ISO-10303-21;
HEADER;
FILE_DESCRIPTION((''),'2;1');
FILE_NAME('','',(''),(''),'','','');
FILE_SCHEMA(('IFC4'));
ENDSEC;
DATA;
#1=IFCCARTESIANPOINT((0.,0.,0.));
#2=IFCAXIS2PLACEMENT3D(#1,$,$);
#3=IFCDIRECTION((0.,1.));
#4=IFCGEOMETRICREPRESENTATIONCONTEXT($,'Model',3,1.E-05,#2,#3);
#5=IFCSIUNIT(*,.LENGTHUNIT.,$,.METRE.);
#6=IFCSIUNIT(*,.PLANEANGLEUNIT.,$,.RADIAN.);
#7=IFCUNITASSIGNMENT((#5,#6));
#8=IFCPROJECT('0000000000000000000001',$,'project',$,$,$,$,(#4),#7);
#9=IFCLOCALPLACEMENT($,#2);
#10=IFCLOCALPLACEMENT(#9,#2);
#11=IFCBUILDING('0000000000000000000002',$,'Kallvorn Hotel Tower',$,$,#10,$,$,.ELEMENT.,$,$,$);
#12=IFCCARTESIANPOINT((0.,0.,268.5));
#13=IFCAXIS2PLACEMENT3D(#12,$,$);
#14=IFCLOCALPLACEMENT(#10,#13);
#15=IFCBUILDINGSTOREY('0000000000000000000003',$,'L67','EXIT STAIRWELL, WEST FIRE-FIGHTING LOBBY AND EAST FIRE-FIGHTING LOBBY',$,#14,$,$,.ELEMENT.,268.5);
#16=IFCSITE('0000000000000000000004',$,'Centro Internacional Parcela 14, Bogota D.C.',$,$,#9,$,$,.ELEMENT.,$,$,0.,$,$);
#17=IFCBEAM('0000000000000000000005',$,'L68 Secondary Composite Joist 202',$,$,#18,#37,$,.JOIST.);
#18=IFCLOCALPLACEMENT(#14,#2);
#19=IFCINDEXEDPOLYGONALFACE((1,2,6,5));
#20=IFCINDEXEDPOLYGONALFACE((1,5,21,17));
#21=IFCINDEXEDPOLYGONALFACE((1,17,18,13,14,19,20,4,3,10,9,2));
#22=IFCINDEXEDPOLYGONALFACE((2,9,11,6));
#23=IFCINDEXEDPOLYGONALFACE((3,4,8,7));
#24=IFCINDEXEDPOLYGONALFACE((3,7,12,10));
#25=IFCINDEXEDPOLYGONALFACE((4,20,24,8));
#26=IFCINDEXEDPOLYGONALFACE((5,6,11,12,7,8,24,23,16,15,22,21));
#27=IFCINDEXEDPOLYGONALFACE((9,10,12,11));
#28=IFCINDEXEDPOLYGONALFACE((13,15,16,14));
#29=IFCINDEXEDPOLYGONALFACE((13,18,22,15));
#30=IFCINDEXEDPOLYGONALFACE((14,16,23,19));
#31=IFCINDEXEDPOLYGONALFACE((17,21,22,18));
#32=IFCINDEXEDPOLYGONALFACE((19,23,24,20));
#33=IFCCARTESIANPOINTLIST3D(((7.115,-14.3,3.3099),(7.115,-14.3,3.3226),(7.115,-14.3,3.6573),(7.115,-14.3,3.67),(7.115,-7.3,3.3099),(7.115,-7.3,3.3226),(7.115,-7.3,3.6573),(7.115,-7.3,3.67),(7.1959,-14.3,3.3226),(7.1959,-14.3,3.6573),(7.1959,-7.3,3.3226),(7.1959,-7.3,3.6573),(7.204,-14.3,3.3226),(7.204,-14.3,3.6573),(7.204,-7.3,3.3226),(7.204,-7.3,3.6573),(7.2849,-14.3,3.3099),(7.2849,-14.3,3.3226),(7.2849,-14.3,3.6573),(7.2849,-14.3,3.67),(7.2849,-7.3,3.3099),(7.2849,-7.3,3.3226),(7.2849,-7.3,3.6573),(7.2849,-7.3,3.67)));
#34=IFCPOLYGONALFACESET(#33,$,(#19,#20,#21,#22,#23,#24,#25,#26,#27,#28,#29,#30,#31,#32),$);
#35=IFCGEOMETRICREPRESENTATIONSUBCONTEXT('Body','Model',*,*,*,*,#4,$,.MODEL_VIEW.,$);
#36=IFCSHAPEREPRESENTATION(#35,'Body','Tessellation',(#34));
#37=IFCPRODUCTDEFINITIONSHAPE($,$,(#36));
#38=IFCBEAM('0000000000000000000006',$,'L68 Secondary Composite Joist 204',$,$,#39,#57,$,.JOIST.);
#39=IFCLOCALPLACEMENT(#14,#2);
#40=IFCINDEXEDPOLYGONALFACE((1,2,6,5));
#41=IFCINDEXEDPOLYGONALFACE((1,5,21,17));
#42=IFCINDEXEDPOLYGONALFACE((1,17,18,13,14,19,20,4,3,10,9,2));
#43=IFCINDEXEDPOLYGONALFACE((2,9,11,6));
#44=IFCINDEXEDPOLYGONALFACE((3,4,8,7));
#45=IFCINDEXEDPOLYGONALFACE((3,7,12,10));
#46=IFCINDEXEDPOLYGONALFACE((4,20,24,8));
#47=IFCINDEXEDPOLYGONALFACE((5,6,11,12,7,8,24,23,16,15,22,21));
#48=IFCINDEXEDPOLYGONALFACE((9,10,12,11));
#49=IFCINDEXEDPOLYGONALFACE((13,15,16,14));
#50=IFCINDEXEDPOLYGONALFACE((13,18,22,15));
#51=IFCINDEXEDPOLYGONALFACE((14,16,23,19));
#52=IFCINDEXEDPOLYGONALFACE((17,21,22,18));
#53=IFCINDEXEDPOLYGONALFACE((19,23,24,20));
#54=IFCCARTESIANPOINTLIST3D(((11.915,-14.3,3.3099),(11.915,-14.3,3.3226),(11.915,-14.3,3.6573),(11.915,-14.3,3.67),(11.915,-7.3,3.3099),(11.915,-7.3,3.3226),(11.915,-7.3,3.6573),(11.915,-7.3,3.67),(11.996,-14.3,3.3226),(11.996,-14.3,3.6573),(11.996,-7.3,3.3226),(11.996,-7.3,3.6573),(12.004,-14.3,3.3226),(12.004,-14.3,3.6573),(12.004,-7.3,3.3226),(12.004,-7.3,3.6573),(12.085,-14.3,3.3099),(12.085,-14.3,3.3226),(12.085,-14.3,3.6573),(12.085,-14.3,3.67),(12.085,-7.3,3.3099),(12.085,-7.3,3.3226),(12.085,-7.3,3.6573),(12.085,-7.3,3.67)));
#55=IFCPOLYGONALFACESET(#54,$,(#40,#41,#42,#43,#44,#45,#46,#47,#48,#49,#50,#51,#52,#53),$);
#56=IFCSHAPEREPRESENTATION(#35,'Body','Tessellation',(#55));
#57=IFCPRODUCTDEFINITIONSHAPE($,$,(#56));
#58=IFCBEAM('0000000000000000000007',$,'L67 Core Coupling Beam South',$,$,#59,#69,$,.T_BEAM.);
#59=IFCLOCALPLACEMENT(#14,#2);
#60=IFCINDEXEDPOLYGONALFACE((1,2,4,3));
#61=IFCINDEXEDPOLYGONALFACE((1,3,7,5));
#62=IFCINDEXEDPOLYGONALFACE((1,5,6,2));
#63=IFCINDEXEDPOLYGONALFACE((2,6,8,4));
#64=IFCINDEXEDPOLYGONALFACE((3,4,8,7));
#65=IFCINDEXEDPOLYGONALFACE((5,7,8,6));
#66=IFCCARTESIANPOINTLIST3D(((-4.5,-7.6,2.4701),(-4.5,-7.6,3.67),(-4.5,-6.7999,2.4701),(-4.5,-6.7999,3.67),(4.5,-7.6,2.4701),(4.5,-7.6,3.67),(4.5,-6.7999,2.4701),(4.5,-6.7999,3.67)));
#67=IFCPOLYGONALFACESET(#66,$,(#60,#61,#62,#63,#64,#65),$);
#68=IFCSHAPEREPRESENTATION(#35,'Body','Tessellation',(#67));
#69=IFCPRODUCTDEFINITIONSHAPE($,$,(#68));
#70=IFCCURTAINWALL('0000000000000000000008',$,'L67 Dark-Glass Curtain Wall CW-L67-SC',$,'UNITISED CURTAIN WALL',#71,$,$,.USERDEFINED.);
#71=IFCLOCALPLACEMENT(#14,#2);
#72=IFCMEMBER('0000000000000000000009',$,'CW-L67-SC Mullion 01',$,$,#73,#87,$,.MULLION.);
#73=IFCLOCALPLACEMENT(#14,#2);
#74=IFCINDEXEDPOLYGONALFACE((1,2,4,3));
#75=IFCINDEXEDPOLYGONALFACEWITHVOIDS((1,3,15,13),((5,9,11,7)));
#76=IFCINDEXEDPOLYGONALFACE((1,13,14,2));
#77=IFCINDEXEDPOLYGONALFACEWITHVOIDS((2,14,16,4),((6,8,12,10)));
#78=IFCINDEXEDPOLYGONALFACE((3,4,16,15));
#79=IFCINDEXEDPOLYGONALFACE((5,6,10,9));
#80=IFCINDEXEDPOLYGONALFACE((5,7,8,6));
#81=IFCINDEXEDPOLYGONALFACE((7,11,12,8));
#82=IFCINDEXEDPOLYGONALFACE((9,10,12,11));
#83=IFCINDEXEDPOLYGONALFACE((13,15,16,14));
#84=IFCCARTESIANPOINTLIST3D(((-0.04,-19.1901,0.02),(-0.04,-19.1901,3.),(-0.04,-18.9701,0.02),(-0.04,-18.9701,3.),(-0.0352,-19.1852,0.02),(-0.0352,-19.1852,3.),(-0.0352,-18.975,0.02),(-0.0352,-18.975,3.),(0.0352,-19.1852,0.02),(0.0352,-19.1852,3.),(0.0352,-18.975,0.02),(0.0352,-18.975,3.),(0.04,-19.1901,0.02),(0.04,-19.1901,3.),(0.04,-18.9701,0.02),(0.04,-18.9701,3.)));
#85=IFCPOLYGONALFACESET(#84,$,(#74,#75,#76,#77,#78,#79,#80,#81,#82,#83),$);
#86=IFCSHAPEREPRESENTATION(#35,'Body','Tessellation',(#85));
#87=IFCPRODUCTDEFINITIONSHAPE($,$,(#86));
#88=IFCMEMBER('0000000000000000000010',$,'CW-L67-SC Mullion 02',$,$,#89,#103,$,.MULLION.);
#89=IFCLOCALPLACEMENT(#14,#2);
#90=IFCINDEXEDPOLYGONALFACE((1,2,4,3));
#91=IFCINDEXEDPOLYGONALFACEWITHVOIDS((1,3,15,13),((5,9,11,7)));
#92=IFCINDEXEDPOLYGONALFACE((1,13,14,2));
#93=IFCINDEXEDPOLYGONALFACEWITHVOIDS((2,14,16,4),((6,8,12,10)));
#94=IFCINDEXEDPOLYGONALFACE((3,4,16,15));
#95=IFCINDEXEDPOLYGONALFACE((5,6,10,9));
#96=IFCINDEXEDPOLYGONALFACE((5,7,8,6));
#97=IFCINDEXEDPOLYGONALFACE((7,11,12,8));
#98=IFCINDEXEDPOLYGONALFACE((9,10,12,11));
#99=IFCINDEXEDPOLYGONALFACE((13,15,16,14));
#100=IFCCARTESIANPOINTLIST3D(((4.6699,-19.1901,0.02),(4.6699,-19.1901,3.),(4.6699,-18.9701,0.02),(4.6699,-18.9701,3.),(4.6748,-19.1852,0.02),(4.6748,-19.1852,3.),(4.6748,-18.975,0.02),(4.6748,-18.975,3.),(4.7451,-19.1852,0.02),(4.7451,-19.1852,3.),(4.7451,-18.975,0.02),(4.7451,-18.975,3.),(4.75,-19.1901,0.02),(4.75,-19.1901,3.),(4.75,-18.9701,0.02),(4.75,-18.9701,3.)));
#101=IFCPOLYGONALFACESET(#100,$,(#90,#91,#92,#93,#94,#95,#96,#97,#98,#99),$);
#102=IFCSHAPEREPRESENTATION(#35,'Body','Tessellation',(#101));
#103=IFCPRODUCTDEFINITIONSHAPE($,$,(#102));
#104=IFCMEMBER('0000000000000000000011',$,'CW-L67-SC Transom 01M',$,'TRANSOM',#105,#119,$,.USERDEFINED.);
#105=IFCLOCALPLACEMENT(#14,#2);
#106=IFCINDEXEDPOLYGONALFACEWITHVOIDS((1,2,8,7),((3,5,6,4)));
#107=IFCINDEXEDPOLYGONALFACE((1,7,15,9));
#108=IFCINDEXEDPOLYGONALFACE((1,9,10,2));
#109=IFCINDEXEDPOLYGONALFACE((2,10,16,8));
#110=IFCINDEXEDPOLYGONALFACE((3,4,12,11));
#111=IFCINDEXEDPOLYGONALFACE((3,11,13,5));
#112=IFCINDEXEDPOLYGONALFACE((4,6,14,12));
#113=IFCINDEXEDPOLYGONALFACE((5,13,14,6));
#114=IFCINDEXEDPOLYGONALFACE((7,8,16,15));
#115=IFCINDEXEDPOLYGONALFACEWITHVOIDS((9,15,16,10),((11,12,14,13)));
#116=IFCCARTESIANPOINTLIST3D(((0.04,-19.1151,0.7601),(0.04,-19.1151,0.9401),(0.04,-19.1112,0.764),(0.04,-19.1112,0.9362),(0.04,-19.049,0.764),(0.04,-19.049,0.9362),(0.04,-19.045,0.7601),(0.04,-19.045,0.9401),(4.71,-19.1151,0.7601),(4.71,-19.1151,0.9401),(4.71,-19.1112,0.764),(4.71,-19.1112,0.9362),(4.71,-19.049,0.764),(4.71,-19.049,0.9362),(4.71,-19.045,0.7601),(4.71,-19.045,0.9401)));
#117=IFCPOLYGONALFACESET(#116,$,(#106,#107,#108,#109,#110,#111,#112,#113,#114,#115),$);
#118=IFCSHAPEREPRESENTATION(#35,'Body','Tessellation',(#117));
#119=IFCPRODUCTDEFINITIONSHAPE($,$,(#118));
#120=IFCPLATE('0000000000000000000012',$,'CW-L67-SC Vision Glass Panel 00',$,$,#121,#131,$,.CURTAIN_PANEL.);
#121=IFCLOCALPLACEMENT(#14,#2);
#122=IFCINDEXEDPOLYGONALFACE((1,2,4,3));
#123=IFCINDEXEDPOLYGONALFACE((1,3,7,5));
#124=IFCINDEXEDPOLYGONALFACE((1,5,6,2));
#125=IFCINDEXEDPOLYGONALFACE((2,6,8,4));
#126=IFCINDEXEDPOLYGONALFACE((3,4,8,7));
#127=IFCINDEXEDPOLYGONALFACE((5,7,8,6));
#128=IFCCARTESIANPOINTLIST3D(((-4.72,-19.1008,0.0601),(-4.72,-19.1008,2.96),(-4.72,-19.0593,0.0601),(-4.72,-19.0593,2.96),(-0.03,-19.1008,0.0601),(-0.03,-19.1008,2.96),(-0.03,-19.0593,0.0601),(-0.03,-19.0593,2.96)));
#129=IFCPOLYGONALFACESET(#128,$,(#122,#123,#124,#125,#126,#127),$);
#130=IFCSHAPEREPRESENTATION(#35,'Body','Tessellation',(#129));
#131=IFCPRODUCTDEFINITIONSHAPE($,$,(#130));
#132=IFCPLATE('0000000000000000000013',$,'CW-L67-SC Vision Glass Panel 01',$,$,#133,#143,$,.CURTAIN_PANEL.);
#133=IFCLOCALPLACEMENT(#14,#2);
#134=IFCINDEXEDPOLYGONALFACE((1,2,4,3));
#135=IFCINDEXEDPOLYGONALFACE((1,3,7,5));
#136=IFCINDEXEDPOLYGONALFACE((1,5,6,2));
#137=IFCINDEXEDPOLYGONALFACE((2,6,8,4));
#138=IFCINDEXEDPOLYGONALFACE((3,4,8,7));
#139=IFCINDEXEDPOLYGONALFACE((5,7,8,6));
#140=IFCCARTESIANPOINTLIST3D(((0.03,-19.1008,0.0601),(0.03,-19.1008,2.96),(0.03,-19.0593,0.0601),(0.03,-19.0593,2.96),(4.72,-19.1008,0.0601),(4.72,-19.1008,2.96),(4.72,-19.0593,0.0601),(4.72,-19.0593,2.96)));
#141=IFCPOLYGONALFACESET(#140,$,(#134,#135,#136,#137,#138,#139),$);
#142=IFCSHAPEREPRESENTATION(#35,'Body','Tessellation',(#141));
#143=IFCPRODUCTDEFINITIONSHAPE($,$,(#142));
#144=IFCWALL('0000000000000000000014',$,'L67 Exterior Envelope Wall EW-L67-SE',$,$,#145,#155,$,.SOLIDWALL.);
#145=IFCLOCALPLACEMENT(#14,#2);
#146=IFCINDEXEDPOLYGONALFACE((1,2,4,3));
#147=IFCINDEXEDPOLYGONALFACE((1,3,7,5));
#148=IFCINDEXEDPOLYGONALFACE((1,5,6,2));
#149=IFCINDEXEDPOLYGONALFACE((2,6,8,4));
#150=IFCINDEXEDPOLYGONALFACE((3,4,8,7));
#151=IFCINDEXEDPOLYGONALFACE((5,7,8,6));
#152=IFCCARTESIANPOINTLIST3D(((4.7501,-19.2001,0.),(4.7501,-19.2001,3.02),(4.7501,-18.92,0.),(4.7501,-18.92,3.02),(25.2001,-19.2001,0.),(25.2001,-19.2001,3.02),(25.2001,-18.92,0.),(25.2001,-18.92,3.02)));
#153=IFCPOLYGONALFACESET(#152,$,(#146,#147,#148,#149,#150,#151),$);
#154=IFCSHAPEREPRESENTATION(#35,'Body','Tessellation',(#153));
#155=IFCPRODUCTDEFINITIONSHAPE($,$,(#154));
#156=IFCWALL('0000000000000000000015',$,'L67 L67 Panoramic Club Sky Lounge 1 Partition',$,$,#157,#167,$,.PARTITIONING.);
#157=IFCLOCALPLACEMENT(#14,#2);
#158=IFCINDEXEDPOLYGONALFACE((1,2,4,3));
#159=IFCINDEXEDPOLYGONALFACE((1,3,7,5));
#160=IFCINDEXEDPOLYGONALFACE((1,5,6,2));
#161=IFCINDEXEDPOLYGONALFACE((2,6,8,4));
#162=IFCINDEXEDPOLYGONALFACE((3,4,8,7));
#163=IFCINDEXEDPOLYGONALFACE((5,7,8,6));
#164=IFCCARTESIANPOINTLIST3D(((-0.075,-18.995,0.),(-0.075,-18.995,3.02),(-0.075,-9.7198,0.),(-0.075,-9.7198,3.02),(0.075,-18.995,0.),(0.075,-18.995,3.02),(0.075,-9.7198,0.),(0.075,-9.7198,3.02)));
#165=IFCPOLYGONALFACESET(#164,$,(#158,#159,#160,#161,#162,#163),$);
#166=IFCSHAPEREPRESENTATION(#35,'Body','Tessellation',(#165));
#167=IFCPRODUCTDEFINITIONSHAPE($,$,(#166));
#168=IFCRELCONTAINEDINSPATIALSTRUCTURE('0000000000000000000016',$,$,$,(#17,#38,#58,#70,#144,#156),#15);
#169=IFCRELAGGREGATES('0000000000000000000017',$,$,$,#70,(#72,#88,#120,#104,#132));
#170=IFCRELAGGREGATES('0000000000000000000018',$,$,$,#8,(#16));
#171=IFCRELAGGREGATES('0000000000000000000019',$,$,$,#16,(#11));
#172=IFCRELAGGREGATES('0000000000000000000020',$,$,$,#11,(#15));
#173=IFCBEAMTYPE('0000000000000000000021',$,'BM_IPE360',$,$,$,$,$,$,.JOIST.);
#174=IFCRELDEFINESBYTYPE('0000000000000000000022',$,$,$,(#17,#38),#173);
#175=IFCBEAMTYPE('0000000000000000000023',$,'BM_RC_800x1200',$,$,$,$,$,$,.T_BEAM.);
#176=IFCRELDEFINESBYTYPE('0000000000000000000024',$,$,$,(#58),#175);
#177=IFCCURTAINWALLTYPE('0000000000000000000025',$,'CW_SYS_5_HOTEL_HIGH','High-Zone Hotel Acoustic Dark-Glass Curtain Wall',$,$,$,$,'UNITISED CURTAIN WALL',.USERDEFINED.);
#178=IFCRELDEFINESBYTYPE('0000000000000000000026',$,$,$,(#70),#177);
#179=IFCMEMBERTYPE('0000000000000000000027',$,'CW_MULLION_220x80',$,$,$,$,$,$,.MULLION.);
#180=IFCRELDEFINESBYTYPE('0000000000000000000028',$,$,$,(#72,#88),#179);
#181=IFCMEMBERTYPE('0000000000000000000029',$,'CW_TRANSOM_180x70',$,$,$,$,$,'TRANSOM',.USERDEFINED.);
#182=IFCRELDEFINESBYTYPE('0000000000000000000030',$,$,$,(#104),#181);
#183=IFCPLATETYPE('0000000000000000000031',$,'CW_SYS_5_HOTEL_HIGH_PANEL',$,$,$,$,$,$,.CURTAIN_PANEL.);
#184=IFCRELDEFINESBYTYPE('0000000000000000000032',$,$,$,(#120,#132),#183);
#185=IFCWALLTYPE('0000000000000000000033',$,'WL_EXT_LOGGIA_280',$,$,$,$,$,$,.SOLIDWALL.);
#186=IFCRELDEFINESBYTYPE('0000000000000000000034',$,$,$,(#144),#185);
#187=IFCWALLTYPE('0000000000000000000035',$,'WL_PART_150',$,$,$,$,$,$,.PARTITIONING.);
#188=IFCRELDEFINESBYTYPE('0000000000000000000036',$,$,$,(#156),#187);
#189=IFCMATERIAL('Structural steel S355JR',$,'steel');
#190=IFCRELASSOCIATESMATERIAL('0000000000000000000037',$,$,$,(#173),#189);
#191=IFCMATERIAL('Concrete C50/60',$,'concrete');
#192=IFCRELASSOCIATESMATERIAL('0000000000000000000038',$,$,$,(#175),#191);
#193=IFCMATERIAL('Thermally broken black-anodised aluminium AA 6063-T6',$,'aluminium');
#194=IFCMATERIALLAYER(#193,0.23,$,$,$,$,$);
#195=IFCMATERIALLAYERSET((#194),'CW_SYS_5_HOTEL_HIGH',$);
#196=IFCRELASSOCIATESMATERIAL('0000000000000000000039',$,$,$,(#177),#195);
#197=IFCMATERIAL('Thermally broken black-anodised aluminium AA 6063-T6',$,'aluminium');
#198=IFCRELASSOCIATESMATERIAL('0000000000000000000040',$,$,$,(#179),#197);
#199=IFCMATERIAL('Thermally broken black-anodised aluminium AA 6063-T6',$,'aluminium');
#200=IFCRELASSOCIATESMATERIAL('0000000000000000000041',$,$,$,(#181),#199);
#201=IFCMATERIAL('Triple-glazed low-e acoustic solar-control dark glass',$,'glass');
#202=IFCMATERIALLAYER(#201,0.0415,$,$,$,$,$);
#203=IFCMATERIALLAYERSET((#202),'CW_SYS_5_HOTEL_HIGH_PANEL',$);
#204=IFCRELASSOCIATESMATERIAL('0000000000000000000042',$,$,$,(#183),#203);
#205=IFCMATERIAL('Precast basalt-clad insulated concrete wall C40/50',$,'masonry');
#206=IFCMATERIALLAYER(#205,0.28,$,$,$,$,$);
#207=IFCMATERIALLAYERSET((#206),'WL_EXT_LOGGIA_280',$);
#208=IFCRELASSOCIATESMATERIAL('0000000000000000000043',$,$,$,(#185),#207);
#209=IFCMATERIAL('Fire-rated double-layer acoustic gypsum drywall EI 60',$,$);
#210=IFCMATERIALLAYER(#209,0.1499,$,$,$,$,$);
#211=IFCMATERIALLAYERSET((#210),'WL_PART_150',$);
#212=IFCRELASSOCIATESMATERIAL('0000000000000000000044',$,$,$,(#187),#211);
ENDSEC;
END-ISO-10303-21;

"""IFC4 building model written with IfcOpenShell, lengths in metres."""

from ifc_helpers import new_model, si_unit, direction, frame, frame_2d, origin, origin_2d, place, context, subcontext, project, spatial, rectangle, hollow_rectangle, i_section, extrude, material, layer, layer_set, material_profile, profile_set, type_object, element, aggregate, save


model = new_model("IFC4")

# Units and contexts
model_context = context("Model", 3, precision=1e-05, world=origin(), true_north=direction((0.0, 1.0)))
body_context = subcontext(model_context, "Body", "Model", "MODEL_VIEW")
ifc_project = project(units=[si_unit("LENGTHUNIT", "METRE"), si_unit("PLANEANGLEUNIT", "RADIAN")], contexts=[model_context])

# Site, building, storey
site_placement = place(None, origin())
site = spatial("IfcSite", under=ifc_project, at=site_placement, Name="Centro Internacional Parcela 14, Bogota D.C.", CompositionType="ELEMENT", RefElevation=0.0)
building_placement = place(site_placement, origin())
building = spatial("IfcBuilding", under=site, at=building_placement, Name="Kallvorn Hotel Tower", CompositionType="ELEMENT")
storey_placement = place(building_placement, frame((0.0, 0.0, 268.5)))
storey = spatial("IfcBuildingStorey", under=building, at=storey_placement, Name="L67", Description="EXIT STAIRWELL, WEST FIRE-FIGHTING LOBBY AND EAST FIRE-FIGHTING LOBBY", CompositionType="ELEMENT", Elevation=268.5)

# Beams
ifc_material_1 = material(Name="Structural steel S355JR", Category="steel")
ifc_material_profile_1 = material_profile(ifc_material_1, i_section(OverallWidth=0.1699, OverallDepth=0.3601, WebThickness=0.0081, FlangeThickness=0.0127, at=origin_2d()), Name="IPE 360")
ifc_profile_set_1 = profile_set([ifc_material_profile_1], Name="Structural steel S355JR")
beam_type_1 = type_object("IfcBeamType", Name="BM_IPE360", PredefinedType="JOIST", material=ifc_profile_set_1)
for number, where, z_axis, x_axis, name in (
    (1, (7.2, -14.3, 3.49), (0.0, 1.0, 0.0), (-1.0, 0.0, 0.0), "L68 Secondary Composite Joist 202"),
    (2, (12.0, -14.3, 3.49), (0.0, 1.0, 0.0), (-1.0, 0.0, 0.0), "L68 Secondary Composite Joist 204"),
):
    element("IfcBeam", number, at=place(storey_placement, frame(where, z_axis=z_axis, x_axis=x_axis)), inside=storey, type_object=beam_type_1, Name=name, PredefinedType="JOIST", context=body_context, shape_type="SweptSolid", body=[
        extrude(i_section(OverallWidth=0.1699, OverallDepth=0.3601, WebThickness=0.0081, FlangeThickness=0.0127, at=origin_2d()), origin(), (0.0, 0.0, 1.0), 7.0),
    ])
ifc_material_2 = material(Name="Concrete C50/60", Category="concrete")
ifc_material_profile_2 = material_profile(ifc_material_2, rectangle(XDim=0.8, YDim=1.2, at=origin_2d()), Name="RC 800x1200")
ifc_profile_set_2 = profile_set([ifc_material_profile_2], Name="Concrete C50/60")
beam_type_2 = type_object("IfcBeamType", Name="BM_RC_800x1200", PredefinedType="T_BEAM", material=ifc_profile_set_2)
beam_1_placement = place(storey_placement, frame((-4.5, -7.2, 3.0701), z_axis=(1.0, 0.0, 0.0), x_axis=(0.0, 1.0, 0.0)))
element("IfcBeam", 3, at=beam_1_placement, inside=storey, type_object=beam_type_2, Name="L67 Core Coupling Beam South", PredefinedType="T_BEAM", context=body_context, shape_type="SweptSolid", body=[
    extrude(rectangle(XDim=0.8, YDim=1.2, at=origin_2d()), origin(), (0.0, 0.0, 1.0), 9.0),
])

# Curtain wall, members, plates
ifc_material_3 = material(Name="Thermally broken black-anodised aluminium AA 6063-T6", Category="aluminium")
ifc_layer_1 = layer(ifc_material_3, 0.23)
ifc_layer_set_1 = layer_set([ifc_layer_1], Name="CW_SYS_5_HOTEL_HIGH")
curtain_wall_type = type_object("IfcCurtainWallType", Name="CW_SYS_5_HOTEL_HIGH", Description="High-Zone Hotel Acoustic Dark-Glass Curtain Wall", ElementType="UNITISED CURTAIN WALL", PredefinedType="USERDEFINED", material=ifc_layer_set_1)
curtain_wall_placement = place(storey_placement, origin())
curtain_wall = element("IfcCurtainWall", 4, at=curtain_wall_placement, inside=storey, type_object=curtain_wall_type, Name="L67 Dark-Glass Curtain Wall CW-L67-SC", ObjectType="UNITISED CURTAIN WALL", PredefinedType="USERDEFINED")
ifc_material_4 = material(Name="Thermally broken black-anodised aluminium AA 6063-T6", Category="aluminium")
ifc_material_profile_3 = material_profile(ifc_material_4, hollow_rectangle(XDim=0.0801, YDim=0.22, WallThickness=0.0049, at=origin_2d()), Name="MUL 220x80")
ifc_profile_set_3 = profile_set([ifc_material_profile_3], Name="Thermally broken black-anodised aluminium AA 6063-T6")
member_type_1 = type_object("IfcMemberType", Name="CW_MULLION_220x80", PredefinedType="MULLION", material=ifc_profile_set_3)
member_1_placement = place(storey_placement, frame((0.0, -19.0801, 0.02), z_axis=(0.0, 0.0, 1.0), x_axis=(1.0, 0.0, 0.0)))
member_1 = element("IfcMember", 5, at=member_1_placement, type_object=member_type_1, Name="CW-L67-SC Mullion 01", PredefinedType="MULLION", context=body_context, shape_type="SweptSolid", body=[
    extrude(hollow_rectangle(XDim=0.0801, YDim=0.22, WallThickness=0.0049, at=origin_2d()), origin(), (0.0, 0.0, 1.0), 2.98),
])
member_2_placement = place(storey_placement, frame((4.71, -19.0801, 0.02), z_axis=(0.0, 0.0, 1.0), x_axis=(1.0, 0.0, 0.0)))
member_2 = element("IfcMember", 6, at=member_2_placement, type_object=member_type_1, Name="CW-L67-SC Mullion 02", PredefinedType="MULLION", context=body_context, shape_type="SweptSolid", body=[
    extrude(hollow_rectangle(XDim=0.0801, YDim=0.22, WallThickness=0.0049, at=origin_2d()), origin(), (0.0, 0.0, 1.0), 2.98),
])
ifc_material_5 = material(Name="Thermally broken black-anodised aluminium AA 6063-T6", Category="aluminium")
ifc_material_profile_4 = material_profile(ifc_material_5, hollow_rectangle(XDim=0.0701, YDim=0.1799, WallThickness=0.0039, at=origin_2d()), Name="TRN 180x70")
ifc_profile_set_4 = profile_set([ifc_material_profile_4], Name="Thermally broken black-anodised aluminium AA 6063-T6")
member_type_2 = type_object("IfcMemberType", Name="CW_TRANSOM_180x70", ElementType="TRANSOM", PredefinedType="USERDEFINED", material=ifc_profile_set_4)
member_3_placement = place(storey_placement, frame((0.04, -19.0801, 0.8501), z_axis=(1.0, 0.0, 0.0), x_axis=(0.0, 1.0, 0.0)))
member_3 = element("IfcMember", 7, at=member_3_placement, type_object=member_type_2, Name="CW-L67-SC Transom 01M", ObjectType="TRANSOM", PredefinedType="USERDEFINED", context=body_context, shape_type="SweptSolid", body=[
    extrude(hollow_rectangle(XDim=0.0701, YDim=0.1799, WallThickness=0.0039, at=origin_2d()), origin(), (0.0, 0.0, 1.0), 4.6699),
])
ifc_material_6 = material(Name="Triple-glazed low-e acoustic solar-control dark glass", Category="glass")
ifc_layer_2 = layer(ifc_material_6, 0.0415)
ifc_layer_set_2 = layer_set([ifc_layer_2], Name="CW_SYS_5_HOTEL_HIGH_PANEL")
plate_type = type_object("IfcPlateType", Name="CW_SYS_5_HOTEL_HIGH_PANEL", PredefinedType="CURTAIN_PANEL", material=ifc_layer_set_2)
plate_1_placement = place(storey_placement, frame((-2.375, -19.0801, 0.0601), z_axis=(0.0, 0.0, 1.0), x_axis=(1.0, 0.0, 0.0)))
plate_1 = element("IfcPlate", 8, at=plate_1_placement, type_object=plate_type, Name="CW-L67-SC Vision Glass Panel 00", PredefinedType="CURTAIN_PANEL", context=body_context, shape_type="SweptSolid", body=[
    extrude(rectangle(XDim=4.6899, YDim=0.0415, at=origin_2d()), origin(), (0.0, 0.0, 1.0), 2.8999),
])
plate_2_placement = place(storey_placement, frame((2.375, -19.0801, 0.0601), z_axis=(0.0, 0.0, 1.0), x_axis=(1.0, 0.0, 0.0)))
plate_2 = element("IfcPlate", 9, at=plate_2_placement, type_object=plate_type, Name="CW-L67-SC Vision Glass Panel 01", PredefinedType="CURTAIN_PANEL", context=body_context, shape_type="SweptSolid", body=[
    extrude(rectangle(XDim=4.6899, YDim=0.0415, at=origin_2d()), origin(), (0.0, 0.0, 1.0), 2.8999),
])
aggregate(curtain_wall, [member_1, member_2, plate_1, member_3, plate_2])

# Walls
ifc_material_7 = material(Name="Precast basalt-clad insulated concrete wall C40/50", Category="masonry")
ifc_layer_3 = layer(ifc_material_7, 0.28)
ifc_layer_set_3 = layer_set([ifc_layer_3], Name="WL_EXT_LOGGIA_280")
wall_type_1 = type_object("IfcWallType", Name="WL_EXT_LOGGIA_280", PredefinedType="SOLIDWALL", material=ifc_layer_set_3)
wall_1_placement = place(storey_placement, frame((4.75, -19.0601, 0.0), z_axis=(0.0, 0.0, 1.0), x_axis=(1.0, 0.0, 0.0)))
element("IfcWall", 10, at=wall_1_placement, inside=storey, type_object=wall_type_1, Name="L67 Exterior Envelope Wall EW-L67-SE", PredefinedType="SOLIDWALL", context=body_context, shape_type="SweptSolid", body=[
    extrude(rectangle(XDim=20.45, YDim=0.28, at=frame_2d((10.2251, 0.0))), origin(), (0.0, 0.0, 1.0), 3.02),
])
ifc_material_8 = material(Name="Fire-rated double-layer acoustic gypsum drywall EI 60")
ifc_layer_4 = layer(ifc_material_8, 0.1499)
ifc_layer_set_4 = layer_set([ifc_layer_4], Name="WL_PART_150")
wall_type_2 = type_object("IfcWallType", Name="WL_PART_150", PredefinedType="PARTITIONING", material=ifc_layer_set_4)
wall_2_placement = place(storey_placement, frame((0.0, -18.9951, 0.0), z_axis=(0.0, 0.0, 1.0), x_axis=(0.0, 1.0, 0.0)))
element("IfcWall", 11, at=wall_2_placement, inside=storey, type_object=wall_type_2, Name="L67 L67 Panoramic Club Sky Lounge 1 Partition", PredefinedType="PARTITIONING", context=body_context, shape_type="SweptSolid", body=[
    extrude(rectangle(XDim=9.2751, YDim=0.1499, at=frame_2d((4.6377, 0.0))), origin(), (0.0, 0.0, 1.0), 3.02),
])

save(model, "model.ifc")
